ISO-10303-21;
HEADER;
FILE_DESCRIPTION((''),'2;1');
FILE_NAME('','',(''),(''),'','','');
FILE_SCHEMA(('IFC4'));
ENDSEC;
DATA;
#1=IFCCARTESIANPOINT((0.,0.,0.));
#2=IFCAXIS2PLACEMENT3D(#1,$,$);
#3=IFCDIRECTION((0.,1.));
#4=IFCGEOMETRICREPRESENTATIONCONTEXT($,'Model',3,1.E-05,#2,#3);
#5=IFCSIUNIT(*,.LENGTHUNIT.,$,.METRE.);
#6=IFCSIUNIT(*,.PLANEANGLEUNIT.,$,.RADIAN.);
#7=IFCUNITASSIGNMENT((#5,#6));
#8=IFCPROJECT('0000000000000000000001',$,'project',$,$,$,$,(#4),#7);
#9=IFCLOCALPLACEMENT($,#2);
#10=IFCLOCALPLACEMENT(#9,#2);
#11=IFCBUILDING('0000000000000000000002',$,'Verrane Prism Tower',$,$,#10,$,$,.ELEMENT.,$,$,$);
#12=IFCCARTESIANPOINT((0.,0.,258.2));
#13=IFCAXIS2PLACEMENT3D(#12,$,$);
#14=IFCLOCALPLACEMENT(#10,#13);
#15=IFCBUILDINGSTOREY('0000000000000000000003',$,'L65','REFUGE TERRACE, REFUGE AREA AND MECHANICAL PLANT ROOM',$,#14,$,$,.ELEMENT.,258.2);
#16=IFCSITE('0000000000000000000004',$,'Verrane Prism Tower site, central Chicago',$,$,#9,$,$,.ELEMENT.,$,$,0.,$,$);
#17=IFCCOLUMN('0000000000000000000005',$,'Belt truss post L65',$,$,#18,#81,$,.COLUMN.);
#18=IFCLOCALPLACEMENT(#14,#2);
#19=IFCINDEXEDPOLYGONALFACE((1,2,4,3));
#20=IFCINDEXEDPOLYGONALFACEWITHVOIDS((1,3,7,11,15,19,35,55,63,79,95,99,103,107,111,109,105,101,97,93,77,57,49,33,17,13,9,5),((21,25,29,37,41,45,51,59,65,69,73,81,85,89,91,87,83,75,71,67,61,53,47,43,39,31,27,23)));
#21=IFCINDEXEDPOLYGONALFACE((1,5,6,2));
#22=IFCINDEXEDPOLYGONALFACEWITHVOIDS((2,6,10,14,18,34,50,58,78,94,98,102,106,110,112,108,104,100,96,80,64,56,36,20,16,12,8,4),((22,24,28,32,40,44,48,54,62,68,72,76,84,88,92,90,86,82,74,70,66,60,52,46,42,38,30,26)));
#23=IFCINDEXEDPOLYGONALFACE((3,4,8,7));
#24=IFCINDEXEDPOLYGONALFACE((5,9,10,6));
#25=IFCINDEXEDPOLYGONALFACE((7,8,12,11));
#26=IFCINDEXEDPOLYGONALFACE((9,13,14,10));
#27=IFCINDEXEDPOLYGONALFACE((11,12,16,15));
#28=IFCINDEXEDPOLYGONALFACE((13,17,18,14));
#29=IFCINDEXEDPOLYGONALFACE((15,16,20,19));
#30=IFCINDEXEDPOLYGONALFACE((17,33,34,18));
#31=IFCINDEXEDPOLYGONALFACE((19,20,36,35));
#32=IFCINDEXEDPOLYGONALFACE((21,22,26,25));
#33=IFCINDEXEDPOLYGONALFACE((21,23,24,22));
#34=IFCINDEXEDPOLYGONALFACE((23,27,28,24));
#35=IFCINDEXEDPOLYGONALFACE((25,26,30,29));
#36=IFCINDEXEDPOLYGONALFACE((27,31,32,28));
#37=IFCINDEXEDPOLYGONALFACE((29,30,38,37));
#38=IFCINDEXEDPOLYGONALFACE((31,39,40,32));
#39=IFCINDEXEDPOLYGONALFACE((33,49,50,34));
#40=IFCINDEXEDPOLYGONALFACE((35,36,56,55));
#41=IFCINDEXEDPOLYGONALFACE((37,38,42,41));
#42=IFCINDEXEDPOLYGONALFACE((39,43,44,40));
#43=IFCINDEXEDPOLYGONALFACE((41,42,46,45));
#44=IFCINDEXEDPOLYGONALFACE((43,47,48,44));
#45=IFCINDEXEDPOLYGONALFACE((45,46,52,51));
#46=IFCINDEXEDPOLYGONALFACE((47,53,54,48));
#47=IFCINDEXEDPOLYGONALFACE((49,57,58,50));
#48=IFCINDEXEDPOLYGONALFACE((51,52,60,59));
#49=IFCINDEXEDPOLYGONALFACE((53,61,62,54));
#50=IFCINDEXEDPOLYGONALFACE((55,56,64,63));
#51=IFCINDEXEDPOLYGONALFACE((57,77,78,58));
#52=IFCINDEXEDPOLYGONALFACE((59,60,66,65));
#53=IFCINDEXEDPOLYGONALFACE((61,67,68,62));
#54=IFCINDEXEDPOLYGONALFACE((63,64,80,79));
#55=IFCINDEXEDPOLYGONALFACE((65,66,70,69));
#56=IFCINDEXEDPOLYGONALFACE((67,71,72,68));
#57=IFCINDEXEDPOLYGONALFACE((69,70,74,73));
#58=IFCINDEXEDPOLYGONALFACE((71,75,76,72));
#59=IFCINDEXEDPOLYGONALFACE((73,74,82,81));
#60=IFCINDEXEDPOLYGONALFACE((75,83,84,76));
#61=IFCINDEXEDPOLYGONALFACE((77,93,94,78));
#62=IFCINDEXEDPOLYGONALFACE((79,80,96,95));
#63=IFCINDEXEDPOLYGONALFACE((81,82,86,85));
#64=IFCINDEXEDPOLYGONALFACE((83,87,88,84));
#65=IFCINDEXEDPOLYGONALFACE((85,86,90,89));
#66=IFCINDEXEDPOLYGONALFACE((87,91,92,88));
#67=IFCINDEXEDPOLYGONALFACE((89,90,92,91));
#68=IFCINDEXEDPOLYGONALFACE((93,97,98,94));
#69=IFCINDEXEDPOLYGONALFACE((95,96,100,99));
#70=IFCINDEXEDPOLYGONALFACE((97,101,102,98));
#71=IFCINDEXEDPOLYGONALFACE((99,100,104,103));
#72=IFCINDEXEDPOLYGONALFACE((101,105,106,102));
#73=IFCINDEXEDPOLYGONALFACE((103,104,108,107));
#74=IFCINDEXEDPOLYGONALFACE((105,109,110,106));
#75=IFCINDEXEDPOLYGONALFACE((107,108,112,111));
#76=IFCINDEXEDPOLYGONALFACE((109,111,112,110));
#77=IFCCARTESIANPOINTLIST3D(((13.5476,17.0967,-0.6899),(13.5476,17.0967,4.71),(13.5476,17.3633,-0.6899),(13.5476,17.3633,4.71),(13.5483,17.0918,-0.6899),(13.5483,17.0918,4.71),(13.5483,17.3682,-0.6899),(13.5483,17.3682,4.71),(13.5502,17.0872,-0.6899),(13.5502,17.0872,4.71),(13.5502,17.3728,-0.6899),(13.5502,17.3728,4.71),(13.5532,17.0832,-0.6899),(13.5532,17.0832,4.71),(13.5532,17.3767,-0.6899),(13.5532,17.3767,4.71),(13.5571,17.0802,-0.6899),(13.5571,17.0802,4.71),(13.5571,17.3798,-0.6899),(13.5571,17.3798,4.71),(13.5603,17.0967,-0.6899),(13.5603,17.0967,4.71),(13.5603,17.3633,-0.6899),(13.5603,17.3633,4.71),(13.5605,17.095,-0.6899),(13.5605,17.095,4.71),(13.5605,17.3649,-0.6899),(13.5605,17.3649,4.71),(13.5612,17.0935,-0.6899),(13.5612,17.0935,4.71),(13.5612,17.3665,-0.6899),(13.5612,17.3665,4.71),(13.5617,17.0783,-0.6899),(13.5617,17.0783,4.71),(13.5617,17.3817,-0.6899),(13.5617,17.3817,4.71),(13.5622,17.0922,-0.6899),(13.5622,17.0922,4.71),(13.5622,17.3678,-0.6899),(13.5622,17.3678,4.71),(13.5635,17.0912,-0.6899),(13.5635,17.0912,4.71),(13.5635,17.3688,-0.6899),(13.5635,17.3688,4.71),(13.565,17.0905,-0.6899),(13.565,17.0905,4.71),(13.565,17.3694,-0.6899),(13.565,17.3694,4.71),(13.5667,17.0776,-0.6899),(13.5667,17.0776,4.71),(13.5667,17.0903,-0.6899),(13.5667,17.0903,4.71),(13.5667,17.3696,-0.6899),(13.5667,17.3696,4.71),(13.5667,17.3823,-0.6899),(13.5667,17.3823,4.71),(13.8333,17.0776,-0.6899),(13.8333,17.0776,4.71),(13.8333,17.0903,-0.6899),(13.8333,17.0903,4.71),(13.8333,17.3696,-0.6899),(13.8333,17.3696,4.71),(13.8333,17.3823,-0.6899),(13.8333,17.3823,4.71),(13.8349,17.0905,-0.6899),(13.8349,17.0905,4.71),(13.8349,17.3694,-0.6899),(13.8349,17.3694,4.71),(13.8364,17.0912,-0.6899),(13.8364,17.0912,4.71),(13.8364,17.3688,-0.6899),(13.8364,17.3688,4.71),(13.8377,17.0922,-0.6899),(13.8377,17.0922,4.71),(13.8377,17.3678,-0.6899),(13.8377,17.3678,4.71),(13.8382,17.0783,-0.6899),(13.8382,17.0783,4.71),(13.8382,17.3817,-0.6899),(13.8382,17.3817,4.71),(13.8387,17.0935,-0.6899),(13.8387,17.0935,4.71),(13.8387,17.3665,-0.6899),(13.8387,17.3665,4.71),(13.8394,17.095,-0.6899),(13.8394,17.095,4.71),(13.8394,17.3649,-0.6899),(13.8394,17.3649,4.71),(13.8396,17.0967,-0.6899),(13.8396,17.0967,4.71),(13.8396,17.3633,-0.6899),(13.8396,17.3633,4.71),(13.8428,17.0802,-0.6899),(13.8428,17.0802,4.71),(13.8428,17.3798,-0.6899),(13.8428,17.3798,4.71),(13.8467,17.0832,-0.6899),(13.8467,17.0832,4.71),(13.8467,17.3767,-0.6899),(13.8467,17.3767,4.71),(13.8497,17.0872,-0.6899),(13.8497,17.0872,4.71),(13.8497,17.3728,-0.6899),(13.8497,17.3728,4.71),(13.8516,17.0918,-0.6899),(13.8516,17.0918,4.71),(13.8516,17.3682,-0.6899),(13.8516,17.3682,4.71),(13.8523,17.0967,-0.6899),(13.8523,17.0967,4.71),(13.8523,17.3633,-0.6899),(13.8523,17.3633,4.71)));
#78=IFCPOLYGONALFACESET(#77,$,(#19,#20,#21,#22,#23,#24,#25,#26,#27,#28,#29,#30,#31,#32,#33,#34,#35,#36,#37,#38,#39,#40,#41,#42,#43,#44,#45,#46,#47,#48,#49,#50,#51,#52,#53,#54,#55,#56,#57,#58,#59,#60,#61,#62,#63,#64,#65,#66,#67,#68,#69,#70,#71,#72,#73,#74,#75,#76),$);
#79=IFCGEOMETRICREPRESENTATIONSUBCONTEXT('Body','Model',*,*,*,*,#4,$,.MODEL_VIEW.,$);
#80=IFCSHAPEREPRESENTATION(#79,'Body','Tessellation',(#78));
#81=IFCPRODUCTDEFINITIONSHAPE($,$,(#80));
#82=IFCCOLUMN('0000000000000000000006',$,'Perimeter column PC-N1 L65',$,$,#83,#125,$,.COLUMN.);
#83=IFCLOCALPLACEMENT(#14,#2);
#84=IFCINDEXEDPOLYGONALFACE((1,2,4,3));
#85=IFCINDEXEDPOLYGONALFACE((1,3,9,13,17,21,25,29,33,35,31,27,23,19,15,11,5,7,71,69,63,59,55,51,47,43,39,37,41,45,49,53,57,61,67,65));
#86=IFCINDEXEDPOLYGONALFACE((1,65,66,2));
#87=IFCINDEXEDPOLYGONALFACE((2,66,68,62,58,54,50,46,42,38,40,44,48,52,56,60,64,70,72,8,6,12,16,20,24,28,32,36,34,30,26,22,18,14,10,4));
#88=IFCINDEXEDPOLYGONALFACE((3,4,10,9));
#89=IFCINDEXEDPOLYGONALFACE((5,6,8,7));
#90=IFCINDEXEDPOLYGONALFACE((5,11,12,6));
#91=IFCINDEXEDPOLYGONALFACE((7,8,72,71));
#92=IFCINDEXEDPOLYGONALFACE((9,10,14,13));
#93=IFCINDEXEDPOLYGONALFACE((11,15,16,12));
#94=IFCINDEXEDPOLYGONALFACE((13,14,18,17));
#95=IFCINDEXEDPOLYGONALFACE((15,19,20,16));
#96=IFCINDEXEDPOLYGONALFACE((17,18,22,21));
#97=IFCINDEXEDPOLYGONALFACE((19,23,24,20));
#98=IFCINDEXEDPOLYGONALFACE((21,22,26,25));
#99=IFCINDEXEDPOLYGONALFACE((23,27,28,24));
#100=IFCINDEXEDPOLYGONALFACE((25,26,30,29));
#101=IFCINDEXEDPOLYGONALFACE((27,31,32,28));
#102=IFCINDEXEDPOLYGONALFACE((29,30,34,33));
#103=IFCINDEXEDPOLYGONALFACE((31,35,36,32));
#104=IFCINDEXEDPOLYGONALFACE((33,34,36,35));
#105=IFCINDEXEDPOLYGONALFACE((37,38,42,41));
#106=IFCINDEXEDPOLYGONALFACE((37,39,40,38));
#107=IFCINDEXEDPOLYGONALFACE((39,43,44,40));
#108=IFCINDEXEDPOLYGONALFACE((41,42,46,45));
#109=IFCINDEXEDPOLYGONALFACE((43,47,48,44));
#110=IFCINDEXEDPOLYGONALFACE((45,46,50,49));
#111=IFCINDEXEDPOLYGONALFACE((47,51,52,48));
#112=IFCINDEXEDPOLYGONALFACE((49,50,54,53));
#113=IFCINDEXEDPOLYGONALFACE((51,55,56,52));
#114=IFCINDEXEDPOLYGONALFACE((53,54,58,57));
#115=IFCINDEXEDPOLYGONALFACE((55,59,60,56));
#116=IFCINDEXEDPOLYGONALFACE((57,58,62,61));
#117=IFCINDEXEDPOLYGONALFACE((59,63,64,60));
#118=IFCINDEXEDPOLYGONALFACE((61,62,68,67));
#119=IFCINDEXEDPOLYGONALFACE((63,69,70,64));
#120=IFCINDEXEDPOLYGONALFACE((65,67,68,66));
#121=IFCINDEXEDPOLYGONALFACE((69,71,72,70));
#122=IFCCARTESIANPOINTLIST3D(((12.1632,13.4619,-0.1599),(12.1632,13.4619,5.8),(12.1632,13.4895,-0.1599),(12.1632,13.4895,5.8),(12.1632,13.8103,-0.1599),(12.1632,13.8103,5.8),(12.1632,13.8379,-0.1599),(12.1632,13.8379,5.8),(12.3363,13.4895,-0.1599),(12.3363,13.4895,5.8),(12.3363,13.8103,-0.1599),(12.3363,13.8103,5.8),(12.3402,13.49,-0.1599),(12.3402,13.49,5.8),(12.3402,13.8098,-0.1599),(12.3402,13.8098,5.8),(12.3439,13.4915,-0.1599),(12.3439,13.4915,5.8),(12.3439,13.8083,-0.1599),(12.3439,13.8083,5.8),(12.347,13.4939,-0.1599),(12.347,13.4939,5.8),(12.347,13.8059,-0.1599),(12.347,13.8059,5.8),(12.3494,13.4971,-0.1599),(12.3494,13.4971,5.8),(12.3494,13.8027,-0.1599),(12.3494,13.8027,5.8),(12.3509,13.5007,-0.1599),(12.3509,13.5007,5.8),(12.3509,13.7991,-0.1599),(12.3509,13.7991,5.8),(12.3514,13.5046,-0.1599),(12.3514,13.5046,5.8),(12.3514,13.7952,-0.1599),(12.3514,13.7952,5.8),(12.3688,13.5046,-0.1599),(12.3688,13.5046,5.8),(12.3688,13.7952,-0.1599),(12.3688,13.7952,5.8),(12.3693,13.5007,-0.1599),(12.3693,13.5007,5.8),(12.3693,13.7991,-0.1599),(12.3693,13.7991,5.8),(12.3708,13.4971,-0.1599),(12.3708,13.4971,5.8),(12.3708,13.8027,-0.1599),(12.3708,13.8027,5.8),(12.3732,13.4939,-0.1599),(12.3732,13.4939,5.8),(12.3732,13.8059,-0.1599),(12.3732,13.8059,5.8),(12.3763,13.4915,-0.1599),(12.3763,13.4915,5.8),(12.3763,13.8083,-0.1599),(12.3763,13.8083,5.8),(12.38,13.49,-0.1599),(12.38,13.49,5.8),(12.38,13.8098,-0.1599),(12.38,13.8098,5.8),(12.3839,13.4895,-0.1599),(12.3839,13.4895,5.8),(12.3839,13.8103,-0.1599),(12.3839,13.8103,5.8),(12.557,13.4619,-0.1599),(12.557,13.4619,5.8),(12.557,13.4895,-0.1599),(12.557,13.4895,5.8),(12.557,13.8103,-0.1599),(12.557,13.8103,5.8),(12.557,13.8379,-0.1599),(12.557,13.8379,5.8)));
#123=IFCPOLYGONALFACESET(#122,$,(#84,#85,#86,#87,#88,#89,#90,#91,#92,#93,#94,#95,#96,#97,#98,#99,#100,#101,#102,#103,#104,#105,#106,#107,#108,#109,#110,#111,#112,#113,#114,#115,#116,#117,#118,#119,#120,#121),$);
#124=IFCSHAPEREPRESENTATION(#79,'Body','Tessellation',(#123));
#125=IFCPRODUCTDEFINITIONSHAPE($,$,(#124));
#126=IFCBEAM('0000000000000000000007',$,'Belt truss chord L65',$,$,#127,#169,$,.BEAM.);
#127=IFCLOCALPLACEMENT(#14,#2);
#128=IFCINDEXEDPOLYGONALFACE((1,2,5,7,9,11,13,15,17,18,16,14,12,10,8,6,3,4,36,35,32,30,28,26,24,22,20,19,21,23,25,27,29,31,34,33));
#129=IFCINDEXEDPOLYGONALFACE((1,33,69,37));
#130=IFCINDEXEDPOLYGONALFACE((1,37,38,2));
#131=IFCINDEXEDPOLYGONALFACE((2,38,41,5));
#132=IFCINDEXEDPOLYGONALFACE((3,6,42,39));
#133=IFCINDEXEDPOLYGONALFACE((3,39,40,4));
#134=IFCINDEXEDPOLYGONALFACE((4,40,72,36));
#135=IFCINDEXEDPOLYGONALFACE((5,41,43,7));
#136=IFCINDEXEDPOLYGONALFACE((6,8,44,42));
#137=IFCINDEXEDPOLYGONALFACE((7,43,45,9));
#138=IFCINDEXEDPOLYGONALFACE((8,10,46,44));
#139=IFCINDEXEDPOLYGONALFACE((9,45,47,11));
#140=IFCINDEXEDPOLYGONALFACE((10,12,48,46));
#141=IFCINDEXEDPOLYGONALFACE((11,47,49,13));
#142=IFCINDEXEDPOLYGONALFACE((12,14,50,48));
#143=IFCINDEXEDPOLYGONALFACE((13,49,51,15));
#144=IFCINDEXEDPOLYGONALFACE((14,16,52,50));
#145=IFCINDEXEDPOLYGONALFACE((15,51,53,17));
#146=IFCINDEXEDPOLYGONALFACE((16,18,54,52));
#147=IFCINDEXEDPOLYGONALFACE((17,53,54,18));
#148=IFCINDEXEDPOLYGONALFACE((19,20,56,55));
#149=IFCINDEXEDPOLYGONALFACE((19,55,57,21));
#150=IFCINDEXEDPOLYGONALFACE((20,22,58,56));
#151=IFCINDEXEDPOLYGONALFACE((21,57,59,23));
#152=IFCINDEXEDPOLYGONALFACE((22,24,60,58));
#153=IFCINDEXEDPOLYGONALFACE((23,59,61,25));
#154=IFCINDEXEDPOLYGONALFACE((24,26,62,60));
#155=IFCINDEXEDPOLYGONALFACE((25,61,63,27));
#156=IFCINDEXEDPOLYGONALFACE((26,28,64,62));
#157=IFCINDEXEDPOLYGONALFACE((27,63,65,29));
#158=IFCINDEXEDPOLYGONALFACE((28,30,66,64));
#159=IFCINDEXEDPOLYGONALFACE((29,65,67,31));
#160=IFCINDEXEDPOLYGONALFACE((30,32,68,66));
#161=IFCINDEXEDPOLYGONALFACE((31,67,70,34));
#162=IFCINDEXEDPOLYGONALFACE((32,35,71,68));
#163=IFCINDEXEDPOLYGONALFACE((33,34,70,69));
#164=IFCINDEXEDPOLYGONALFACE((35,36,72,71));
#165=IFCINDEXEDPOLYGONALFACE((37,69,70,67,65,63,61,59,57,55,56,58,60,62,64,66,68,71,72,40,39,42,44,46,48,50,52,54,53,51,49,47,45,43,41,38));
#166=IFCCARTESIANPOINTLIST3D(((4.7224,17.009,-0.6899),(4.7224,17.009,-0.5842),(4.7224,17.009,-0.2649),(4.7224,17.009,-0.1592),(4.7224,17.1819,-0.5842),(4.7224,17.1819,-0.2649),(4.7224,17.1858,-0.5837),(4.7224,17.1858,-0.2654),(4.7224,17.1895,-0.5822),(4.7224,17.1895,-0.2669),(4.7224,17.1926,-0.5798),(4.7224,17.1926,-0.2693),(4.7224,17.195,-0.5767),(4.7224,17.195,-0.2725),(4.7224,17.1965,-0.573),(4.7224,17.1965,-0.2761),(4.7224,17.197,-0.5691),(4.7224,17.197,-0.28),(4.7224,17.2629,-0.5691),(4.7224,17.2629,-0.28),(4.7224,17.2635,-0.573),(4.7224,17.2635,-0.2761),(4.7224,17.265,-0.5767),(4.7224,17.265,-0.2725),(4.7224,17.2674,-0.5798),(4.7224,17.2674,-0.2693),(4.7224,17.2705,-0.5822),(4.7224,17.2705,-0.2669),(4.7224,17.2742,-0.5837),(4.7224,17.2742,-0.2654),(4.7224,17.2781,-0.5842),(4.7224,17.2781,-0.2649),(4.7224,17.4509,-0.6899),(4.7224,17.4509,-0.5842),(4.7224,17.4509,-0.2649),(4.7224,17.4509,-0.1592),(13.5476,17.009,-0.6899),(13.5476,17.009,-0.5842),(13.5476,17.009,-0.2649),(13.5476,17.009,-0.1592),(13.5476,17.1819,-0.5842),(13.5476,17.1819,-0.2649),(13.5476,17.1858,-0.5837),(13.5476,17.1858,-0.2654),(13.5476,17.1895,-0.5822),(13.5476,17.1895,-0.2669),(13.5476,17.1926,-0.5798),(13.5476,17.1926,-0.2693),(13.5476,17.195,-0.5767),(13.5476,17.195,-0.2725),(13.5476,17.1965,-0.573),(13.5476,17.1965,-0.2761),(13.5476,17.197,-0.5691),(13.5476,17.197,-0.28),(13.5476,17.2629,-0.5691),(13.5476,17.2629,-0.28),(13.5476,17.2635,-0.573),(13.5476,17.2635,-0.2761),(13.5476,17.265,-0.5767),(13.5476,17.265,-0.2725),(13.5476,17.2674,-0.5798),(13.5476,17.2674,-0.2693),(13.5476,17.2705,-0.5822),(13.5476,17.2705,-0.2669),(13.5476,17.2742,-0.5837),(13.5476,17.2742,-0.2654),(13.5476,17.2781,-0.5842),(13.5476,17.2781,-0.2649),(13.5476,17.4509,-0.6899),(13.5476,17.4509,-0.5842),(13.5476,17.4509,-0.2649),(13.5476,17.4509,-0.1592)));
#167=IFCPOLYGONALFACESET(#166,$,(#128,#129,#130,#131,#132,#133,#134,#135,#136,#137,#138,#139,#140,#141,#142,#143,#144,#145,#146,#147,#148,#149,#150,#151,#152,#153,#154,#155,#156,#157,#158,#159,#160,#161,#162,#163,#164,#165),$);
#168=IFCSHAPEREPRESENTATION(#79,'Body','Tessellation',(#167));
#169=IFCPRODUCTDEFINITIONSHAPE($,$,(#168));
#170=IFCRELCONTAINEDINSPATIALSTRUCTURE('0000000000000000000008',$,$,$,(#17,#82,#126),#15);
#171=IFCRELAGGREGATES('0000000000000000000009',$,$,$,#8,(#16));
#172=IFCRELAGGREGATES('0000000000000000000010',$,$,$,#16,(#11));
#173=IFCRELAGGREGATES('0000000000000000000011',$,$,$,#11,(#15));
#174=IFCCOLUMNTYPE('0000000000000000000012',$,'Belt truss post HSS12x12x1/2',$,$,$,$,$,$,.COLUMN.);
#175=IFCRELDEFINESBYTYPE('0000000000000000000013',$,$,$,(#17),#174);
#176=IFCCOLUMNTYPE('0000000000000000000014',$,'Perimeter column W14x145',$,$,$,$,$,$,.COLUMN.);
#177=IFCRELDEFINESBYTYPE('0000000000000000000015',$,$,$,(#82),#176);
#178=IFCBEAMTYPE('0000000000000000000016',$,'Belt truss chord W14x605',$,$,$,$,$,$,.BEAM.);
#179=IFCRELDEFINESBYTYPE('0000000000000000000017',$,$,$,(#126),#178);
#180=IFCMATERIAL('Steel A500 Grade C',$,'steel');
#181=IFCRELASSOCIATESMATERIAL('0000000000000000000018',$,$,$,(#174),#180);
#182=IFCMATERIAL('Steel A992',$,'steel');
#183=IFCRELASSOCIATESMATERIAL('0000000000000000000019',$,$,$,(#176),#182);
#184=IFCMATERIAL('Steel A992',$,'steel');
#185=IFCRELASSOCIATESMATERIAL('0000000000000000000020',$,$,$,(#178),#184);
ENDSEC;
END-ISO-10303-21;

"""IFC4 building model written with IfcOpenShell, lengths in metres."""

from ifc_helpers import new_model, si_unit, direction, frame, origin, origin_2d, place, context, subcontext, project, spatial, hollow_rectangle, i_section, extrude, material, material_profile, profile_set, type_object, element, save


model = new_model("IFC4")

# Units and contexts
model_context = context("Model", 3, precision=1e-05, world=origin(), true_north=direction((0.0, 1.0)))
body_context = subcontext(model_context, "Body", "Model", "MODEL_VIEW")
ifc_project = project(units=[si_unit("LENGTHUNIT", "METRE"), si_unit("PLANEANGLEUNIT", "RADIAN")], contexts=[model_context])

# Site, building, storey
site_placement = place(None, origin())
site = spatial("IfcSite", under=ifc_project, at=site_placement, Name="Verrane Prism Tower site, central Chicago", CompositionType="ELEMENT", RefElevation=0.0)
building_placement = place(site_placement, origin())
building = spatial("IfcBuilding", under=site, at=building_placement, Name="Verrane Prism Tower", CompositionType="ELEMENT")
storey_placement = place(building_placement, frame((0.0, 0.0, 258.2)))
storey = spatial("IfcBuildingStorey", under=building, at=storey_placement, Name="L65", Description="REFUGE TERRACE, REFUGE AREA AND MECHANICAL PLANT ROOM", CompositionType="ELEMENT", Elevation=258.2)

# Columns
ifc_material_1 = material(Name="Steel A500 Grade C", Category="steel")
ifc_material_profile_1 = material_profile(ifc_material_1, hollow_rectangle(XDim=0.3047, YDim=0.3047, WallThickness=0.0127, InnerFilletRadius=0.0063, OuterFilletRadius=0.019, at=origin_2d()), Name="HSS12x12x1/2")
ifc_profile_set_1 = profile_set([ifc_material_profile_1], Name="Steel A500 Grade C")
column_type_1 = type_object("IfcColumnType", Name="Belt truss post HSS12x12x1/2", PredefinedType="COLUMN", material=ifc_profile_set_1)
column_1_placement = place(storey_placement, frame((13.7, 17.23, -0.6899), z_axis=(0.0, 0.0, 1.0), x_axis=(1.0, 0.0, 0.0)))
element("IfcColumn", 1, at=column_1_placement, inside=storey, type_object=column_type_1, Name="Belt truss post L65", PredefinedType="COLUMN", context=body_context, shape_type="SweptSolid", body=[
    extrude(hollow_rectangle(XDim=0.3047, YDim=0.3047, WallThickness=0.0127, InnerFilletRadius=0.0063, OuterFilletRadius=0.019, at=origin_2d()), origin(), (0.0, 0.0, 1.0), 5.3999),
])
ifc_material_2 = material(Name="Steel A992", Category="steel")
ifc_material_profile_2 = material_profile(ifc_material_2, i_section(OverallWidth=0.3938, OverallDepth=0.376, WebThickness=0.0173, FlangeThickness=0.0276, FilletRadius=0.0151, at=origin_2d()), Name="W14x145")
ifc_profile_set_2 = profile_set([ifc_material_profile_2], Name="Steel A992")
column_type_2 = type_object("IfcColumnType", Name="Perimeter column W14x145", PredefinedType="COLUMN", material=ifc_profile_set_2)
column_2_placement = place(storey_placement, frame((12.3601, 13.6499, -0.1599), z_axis=(0.0, 0.0, 1.0), x_axis=(1.0, 0.0, 0.0)))
element("IfcColumn", 2, at=column_2_placement, inside=storey, type_object=column_type_2, Name="Perimeter column PC-N1 L65", PredefinedType="COLUMN", context=body_context, shape_type="SweptSolid", body=[
    extrude(i_section(OverallWidth=0.3938, OverallDepth=0.376, WebThickness=0.0173, FlangeThickness=0.0276, FilletRadius=0.0151, at=origin_2d()), origin(), (0.0, 0.0, 1.0), 5.96),
])

# Beam
ifc_material_3 = material(Name="Steel A992", Category="steel")
ifc_material_profile_3 = material_profile(ifc_material_3, i_section(OverallWidth=0.4419, OverallDepth=0.5308, WebThickness=0.0659, FlangeThickness=0.1057, FilletRadius=0.0151, at=origin_2d()), Name="W14x605")
ifc_profile_set_3 = profile_set([ifc_material_profile_3], Name="Steel A992")
beam_type_1 = type_object("IfcBeamType", Name="Belt truss chord W14x605", PredefinedType="BEAM", material=ifc_profile_set_3)
beam_1_placement = place(storey_placement, frame((13.5476, 17.23, -0.4246), z_axis=(-1.0, 0.0, 0.0), x_axis=(0.0, -1.0, 0.0)))
element("IfcBeam", 3, at=beam_1_placement, inside=storey, type_object=beam_type_1, Name="Belt truss chord L65", PredefinedType="BEAM", context=body_context, shape_type="SweptSolid", body=[
    extrude(i_section(OverallWidth=0.4419, OverallDepth=0.5308, WebThickness=0.0659, FlangeThickness=0.1057, FilletRadius=0.0151, at=origin_2d()), origin(), (0.0, 0.0, 1.0), 8.8252),
])

save(model, "model.ifc")
